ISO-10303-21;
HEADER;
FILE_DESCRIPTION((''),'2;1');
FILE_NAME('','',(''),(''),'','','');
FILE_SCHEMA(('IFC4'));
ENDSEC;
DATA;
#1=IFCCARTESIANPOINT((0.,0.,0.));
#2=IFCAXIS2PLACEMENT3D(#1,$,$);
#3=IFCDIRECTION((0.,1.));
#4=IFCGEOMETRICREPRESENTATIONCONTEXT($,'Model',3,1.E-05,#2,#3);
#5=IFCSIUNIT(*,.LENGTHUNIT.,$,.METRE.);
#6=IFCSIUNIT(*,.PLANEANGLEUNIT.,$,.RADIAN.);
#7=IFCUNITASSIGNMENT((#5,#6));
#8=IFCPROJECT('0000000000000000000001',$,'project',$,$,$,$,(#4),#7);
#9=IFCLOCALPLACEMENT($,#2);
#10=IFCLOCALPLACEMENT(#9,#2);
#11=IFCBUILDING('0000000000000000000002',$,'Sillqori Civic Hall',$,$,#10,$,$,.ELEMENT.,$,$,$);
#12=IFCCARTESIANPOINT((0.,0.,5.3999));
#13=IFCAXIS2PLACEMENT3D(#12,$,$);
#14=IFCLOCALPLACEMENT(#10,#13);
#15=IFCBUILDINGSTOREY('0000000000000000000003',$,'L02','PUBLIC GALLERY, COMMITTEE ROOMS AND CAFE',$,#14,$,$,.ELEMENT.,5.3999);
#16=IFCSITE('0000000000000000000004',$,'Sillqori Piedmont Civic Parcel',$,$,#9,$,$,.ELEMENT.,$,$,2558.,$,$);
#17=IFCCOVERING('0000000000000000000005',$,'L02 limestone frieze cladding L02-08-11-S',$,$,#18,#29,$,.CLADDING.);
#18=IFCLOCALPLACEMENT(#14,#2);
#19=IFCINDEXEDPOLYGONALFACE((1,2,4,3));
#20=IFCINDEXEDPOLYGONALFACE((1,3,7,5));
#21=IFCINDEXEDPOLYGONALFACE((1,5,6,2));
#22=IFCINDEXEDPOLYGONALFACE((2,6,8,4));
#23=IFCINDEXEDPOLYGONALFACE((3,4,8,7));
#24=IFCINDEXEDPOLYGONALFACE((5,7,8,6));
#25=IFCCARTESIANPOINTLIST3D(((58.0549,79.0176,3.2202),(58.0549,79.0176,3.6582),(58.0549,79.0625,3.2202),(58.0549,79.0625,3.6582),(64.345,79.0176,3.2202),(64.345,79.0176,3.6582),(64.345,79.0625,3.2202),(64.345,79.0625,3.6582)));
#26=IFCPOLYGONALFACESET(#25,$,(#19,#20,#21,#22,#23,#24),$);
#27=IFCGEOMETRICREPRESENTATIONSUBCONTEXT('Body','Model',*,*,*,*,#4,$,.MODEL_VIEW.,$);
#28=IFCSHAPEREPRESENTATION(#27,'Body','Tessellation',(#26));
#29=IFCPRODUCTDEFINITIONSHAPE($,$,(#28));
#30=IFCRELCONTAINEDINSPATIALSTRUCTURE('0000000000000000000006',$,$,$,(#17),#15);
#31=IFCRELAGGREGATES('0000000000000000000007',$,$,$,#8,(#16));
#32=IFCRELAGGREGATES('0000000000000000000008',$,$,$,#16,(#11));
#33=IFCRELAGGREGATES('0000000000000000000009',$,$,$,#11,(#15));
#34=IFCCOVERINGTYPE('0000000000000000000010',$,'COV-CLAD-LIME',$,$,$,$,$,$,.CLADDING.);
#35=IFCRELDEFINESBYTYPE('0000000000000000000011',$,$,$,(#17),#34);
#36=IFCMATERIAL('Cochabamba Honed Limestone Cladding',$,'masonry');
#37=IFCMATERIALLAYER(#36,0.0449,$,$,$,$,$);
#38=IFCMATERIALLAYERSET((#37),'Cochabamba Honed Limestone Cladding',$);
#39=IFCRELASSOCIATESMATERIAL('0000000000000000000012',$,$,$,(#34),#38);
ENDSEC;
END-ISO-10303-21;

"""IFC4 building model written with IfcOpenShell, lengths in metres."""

from ifc_helpers import new_model, si_unit, direction, frame, frame_2d, origin, place, context, subcontext, project, spatial, rectangle, extrude, material, layer, layer_set, type_object, element, save


model = new_model("IFC4")

# Units and contexts
model_context = context("Model", 3, precision=1e-05, world=origin(), true_north=direction((0.0, 1.0)))
body_context = subcontext(model_context, "Body", "Model", "MODEL_VIEW")
ifc_project = project(units=[si_unit("LENGTHUNIT", "METRE"), si_unit("PLANEANGLEUNIT", "RADIAN")], contexts=[model_context])

# Site, building, storey
site_placement = place(None, origin())
site = spatial("IfcSite", under=ifc_project, at=site_placement, Name="Sillqori Piedmont Civic Parcel", CompositionType="ELEMENT", RefElevation=2558.0)
building_placement = place(site_placement, origin())
building = spatial("IfcBuilding", under=site, at=building_placement, Name="Sillqori Civic Hall", CompositionType="ELEMENT")
storey_placement = place(building_placement, frame((0.0, 0.0, 5.3999)))
storey = spatial("IfcBuildingStorey", under=building, at=storey_placement, Name="L02", Description="PUBLIC GALLERY, COMMITTEE ROOMS AND CAFE", CompositionType="ELEMENT", Elevation=5.3999)

# Covering
ifc_material_1 = material(Name="Cochabamba Honed Limestone Cladding", Category="masonry")
ifc_layer_1 = layer(ifc_material_1, 0.0449)
ifc_layer_set_1 = layer_set([ifc_layer_1], Name="Cochabamba Honed Limestone Cladding")
covering_type = type_object("IfcCoveringType", Name="COV-CLAD-LIME", PredefinedType="CLADDING", material=ifc_layer_set_1)
covering_1_placement = place(storey_placement, frame((64.345, 79.04, 3.2202), z_axis=(0.0, 0.0, 1.0), x_axis=(-1.0, 0.0, 0.0)))
element("IfcCovering", 1, at=covering_1_placement, inside=storey, type_object=covering_type, Name="L02 limestone frieze cladding L02-08-11-S", PredefinedType="CLADDING", context=body_context, shape_type="SweptSolid", body=[
    extrude(rectangle(XDim=6.29, YDim=0.0449, at=frame_2d((3.145, 0.0))), origin(), (0.0, 0.0, 1.0), 0.438),
])

save(model, "model.ifc")
